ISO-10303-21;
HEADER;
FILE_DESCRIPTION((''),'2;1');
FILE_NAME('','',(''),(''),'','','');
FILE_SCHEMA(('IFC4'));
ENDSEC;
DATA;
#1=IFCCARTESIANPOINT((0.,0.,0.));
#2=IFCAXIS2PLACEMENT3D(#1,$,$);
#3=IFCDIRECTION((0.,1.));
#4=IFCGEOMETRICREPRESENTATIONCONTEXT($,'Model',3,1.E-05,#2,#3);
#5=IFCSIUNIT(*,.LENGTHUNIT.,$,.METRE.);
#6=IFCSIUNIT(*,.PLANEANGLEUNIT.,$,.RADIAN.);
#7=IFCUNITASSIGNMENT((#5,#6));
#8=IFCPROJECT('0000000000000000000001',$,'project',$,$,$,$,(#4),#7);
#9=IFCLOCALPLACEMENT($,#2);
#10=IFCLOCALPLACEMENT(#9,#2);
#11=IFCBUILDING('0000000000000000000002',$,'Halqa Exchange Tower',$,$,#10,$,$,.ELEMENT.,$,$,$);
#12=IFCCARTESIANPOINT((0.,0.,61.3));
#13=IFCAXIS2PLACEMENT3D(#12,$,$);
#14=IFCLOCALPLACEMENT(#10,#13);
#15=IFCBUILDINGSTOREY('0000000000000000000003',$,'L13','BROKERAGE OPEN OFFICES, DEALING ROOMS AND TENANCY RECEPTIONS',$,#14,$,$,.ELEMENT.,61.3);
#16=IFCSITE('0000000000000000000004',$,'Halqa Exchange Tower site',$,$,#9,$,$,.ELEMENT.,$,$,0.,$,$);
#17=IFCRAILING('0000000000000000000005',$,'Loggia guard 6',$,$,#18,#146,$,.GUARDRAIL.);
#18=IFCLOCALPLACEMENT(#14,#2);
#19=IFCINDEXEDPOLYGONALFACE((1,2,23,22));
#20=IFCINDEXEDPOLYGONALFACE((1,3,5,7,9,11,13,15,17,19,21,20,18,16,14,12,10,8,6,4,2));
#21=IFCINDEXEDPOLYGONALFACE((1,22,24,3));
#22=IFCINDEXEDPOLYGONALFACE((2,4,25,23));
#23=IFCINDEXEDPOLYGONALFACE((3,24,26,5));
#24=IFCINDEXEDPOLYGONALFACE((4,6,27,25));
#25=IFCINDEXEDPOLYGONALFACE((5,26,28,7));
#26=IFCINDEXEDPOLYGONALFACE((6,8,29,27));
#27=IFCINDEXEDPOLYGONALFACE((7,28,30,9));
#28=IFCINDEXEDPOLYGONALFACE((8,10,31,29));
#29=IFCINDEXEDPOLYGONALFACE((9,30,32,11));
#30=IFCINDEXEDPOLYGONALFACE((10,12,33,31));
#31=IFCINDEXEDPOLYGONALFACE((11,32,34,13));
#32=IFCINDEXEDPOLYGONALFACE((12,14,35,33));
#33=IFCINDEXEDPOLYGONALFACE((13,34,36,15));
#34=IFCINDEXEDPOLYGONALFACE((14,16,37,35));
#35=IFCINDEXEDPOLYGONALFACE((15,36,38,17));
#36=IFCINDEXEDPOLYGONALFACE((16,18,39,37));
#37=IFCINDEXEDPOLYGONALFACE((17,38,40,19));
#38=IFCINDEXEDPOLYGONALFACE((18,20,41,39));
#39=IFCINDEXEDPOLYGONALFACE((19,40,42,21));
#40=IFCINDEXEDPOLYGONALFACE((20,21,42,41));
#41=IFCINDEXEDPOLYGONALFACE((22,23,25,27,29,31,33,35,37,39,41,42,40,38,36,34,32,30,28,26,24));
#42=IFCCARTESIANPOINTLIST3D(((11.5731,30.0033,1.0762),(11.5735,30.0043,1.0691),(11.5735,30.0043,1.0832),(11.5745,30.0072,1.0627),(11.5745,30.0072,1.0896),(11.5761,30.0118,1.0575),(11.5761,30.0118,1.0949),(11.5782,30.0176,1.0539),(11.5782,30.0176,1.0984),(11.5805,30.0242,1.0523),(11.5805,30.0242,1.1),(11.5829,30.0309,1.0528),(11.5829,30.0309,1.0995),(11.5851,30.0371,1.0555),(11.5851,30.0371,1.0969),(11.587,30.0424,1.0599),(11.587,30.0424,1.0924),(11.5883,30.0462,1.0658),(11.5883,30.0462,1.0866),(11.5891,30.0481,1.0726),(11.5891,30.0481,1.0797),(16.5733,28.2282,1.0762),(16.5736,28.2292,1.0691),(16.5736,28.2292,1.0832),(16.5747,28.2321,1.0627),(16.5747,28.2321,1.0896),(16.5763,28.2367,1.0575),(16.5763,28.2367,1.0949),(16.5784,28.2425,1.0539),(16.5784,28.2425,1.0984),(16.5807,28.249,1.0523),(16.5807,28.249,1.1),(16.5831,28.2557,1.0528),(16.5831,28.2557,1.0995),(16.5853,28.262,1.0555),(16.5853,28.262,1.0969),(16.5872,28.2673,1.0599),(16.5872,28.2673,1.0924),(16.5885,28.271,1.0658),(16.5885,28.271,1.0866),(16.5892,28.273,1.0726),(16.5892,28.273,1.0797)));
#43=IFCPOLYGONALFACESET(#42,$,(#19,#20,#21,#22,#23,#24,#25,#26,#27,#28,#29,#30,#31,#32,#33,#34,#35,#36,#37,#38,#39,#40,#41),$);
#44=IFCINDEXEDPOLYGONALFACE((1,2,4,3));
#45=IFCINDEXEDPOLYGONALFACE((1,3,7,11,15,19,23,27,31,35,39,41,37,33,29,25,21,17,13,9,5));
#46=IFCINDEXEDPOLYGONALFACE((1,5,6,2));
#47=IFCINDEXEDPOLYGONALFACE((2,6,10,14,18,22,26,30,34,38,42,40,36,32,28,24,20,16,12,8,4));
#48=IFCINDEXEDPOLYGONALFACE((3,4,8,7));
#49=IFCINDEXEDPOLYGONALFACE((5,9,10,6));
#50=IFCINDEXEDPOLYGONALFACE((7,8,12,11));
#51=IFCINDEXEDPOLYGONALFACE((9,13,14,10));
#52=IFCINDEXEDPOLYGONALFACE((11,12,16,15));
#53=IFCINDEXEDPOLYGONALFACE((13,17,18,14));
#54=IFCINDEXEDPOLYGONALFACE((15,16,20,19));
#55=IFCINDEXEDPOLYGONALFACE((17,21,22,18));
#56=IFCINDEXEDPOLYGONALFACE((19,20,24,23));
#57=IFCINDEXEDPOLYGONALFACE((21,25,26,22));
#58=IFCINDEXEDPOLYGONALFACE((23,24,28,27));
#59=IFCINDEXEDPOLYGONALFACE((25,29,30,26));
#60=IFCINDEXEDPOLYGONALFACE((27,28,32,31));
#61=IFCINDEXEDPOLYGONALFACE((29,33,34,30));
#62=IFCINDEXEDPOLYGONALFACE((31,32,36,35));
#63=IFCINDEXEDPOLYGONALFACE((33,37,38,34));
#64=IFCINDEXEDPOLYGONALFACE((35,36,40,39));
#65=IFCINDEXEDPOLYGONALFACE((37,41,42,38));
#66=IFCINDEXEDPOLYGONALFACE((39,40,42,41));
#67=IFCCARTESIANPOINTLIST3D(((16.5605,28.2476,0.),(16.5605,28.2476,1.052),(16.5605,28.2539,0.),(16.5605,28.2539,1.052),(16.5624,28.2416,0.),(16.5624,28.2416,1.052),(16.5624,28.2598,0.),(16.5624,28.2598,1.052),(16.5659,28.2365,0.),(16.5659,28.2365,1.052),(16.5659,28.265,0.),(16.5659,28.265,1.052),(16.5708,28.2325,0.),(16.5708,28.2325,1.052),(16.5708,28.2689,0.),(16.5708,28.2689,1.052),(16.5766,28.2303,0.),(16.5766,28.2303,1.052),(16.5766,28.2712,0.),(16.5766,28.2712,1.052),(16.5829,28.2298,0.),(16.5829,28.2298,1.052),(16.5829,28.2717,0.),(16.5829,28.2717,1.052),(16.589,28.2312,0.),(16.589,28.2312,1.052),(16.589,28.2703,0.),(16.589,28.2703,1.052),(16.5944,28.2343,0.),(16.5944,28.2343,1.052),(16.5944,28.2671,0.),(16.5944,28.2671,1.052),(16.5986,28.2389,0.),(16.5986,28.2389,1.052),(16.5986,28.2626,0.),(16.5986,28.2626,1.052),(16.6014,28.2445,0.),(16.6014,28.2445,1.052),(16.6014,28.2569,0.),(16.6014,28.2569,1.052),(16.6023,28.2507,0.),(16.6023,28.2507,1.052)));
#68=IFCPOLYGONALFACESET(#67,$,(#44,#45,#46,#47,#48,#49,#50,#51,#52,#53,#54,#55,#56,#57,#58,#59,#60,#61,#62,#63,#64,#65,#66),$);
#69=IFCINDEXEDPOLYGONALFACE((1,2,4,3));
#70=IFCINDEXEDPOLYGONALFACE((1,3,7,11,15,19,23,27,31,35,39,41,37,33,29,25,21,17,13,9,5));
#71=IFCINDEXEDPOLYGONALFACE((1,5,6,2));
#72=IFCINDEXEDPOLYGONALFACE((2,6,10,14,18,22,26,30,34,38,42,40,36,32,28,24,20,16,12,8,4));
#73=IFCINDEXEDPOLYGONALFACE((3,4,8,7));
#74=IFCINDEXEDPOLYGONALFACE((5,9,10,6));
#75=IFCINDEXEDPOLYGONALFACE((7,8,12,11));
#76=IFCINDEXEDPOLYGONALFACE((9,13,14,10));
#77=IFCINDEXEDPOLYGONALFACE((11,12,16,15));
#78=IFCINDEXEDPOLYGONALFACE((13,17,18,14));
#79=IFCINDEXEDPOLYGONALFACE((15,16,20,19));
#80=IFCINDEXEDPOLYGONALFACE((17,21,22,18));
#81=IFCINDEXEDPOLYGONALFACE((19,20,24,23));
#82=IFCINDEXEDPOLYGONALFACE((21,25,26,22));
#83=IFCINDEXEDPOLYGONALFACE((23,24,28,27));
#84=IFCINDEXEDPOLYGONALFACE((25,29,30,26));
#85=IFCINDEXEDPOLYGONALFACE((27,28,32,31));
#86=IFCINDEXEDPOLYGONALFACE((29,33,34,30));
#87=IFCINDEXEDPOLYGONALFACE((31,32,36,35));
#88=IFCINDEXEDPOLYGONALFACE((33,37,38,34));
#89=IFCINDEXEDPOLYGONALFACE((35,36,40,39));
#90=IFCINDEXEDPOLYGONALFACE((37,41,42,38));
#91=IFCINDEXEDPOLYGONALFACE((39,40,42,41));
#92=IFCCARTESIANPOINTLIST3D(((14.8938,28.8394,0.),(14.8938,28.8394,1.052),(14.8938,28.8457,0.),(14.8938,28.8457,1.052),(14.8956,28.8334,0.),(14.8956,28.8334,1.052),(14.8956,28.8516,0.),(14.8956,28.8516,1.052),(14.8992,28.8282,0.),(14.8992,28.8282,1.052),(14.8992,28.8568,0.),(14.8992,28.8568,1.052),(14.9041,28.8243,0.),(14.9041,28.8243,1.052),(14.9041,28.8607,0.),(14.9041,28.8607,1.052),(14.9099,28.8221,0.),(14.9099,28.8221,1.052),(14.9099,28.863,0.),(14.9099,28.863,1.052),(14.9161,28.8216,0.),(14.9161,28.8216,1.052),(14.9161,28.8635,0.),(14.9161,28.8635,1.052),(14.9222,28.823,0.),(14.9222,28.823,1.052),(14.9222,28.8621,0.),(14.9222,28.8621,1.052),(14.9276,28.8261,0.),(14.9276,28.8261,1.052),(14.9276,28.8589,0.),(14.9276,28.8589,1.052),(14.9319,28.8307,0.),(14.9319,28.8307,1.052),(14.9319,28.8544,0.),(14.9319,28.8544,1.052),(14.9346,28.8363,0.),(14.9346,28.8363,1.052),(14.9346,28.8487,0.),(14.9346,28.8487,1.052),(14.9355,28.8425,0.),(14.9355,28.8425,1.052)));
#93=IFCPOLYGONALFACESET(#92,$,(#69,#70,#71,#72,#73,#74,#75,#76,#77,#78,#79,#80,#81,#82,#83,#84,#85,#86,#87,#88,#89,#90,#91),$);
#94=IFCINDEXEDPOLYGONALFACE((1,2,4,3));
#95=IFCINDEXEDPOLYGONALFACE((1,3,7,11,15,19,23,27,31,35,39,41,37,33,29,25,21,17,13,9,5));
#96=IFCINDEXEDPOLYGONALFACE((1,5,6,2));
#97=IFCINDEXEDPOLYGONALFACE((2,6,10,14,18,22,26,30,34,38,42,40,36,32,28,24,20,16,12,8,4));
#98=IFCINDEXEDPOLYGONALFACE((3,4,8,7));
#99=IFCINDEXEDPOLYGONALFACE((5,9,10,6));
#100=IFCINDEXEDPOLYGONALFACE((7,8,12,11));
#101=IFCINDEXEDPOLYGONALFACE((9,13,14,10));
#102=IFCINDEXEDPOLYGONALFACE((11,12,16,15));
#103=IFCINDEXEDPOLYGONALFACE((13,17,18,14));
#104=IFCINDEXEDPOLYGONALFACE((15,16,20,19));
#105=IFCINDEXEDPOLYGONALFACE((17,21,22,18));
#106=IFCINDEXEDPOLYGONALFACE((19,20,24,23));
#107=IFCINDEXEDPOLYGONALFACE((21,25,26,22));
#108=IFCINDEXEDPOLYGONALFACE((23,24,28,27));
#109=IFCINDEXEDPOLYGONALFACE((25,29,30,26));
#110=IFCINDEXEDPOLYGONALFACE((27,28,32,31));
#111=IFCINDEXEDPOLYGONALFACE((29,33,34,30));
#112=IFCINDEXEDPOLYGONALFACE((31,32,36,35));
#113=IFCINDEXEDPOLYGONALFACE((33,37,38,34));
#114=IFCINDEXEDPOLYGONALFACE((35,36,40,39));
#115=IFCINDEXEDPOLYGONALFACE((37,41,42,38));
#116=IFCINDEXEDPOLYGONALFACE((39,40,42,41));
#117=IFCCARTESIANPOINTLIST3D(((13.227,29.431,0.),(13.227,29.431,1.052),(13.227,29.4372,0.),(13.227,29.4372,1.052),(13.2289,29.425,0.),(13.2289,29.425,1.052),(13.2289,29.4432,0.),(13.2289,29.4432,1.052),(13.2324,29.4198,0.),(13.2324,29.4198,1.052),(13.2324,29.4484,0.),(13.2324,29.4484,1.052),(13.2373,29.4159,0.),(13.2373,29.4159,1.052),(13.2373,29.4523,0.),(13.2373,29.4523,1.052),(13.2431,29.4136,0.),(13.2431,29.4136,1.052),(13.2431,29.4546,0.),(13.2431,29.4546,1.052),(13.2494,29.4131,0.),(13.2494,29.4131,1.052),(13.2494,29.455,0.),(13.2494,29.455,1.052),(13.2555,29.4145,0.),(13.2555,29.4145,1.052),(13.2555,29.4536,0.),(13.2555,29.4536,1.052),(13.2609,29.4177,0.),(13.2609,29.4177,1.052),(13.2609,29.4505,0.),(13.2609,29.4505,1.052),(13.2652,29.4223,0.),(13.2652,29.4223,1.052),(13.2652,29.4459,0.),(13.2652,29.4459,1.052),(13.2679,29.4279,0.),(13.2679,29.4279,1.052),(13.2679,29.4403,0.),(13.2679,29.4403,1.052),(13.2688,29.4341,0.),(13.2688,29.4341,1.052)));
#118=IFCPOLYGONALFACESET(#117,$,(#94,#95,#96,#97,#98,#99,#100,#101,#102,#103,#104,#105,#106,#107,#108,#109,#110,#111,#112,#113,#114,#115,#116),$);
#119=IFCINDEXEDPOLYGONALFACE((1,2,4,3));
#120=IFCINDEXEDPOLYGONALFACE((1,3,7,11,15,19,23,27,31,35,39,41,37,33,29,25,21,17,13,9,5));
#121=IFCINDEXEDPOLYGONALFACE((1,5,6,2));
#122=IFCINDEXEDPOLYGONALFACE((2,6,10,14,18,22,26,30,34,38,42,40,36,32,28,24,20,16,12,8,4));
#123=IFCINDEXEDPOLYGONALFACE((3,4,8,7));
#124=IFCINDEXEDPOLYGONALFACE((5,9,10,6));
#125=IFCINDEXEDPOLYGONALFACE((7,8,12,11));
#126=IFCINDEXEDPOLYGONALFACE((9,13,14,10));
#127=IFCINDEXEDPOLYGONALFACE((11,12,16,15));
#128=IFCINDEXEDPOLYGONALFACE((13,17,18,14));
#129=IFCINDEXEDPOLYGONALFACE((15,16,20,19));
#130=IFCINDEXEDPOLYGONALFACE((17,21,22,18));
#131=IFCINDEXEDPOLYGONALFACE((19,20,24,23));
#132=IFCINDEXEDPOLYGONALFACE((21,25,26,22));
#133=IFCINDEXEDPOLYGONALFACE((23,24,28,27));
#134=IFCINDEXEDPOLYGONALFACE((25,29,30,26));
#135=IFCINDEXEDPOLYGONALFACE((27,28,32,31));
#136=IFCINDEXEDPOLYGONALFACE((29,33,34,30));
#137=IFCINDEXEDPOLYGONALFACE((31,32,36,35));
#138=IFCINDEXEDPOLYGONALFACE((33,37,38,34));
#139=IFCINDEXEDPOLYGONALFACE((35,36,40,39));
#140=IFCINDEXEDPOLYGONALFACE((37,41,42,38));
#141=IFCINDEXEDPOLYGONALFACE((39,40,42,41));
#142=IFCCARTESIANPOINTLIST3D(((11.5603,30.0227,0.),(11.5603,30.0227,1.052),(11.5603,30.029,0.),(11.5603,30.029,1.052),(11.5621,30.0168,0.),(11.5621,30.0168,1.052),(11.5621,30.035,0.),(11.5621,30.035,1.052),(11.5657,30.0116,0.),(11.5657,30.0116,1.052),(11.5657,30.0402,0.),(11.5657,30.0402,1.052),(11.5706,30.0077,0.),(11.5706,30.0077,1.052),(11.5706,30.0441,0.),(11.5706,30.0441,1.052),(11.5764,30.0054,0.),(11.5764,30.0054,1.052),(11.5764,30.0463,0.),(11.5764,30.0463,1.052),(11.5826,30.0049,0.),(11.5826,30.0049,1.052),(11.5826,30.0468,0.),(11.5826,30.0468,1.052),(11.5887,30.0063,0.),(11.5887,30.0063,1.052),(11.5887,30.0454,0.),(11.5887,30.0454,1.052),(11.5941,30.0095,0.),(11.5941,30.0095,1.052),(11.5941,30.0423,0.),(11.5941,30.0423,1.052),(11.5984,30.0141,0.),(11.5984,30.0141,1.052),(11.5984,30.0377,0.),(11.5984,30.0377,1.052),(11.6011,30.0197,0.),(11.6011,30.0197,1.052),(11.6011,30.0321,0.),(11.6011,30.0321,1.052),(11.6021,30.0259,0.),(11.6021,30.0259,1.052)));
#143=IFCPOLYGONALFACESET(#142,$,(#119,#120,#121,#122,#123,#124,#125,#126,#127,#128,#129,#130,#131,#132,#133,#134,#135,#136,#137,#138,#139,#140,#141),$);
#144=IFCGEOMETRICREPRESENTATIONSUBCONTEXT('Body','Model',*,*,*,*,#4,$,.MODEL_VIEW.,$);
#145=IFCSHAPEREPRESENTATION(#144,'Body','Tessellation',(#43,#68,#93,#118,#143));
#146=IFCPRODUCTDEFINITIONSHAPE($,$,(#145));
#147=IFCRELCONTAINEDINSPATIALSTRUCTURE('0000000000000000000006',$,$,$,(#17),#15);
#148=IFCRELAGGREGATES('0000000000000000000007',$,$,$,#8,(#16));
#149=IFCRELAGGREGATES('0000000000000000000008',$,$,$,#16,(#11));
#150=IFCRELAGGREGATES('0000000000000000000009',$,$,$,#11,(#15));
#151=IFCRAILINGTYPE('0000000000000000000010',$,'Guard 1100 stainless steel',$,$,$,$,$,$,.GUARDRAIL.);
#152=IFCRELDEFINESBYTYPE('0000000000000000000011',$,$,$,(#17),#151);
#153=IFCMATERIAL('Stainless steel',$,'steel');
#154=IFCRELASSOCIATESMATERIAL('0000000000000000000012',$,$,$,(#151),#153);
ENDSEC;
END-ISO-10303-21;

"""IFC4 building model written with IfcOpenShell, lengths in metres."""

from ifc_helpers import new_model, si_unit, direction, frame, origin, origin_2d, place, context, subcontext, project, spatial, circle, extrude, material, type_object, element, save


model = new_model("IFC4")

# Units and contexts
model_context = context("Model", 3, precision=1e-05, world=origin(), true_north=direction((0.0, 1.0)))
body_context = subcontext(model_context, "Body", "Model", "MODEL_VIEW")
ifc_project = project(units=[si_unit("LENGTHUNIT", "METRE"), si_unit("PLANEANGLEUNIT", "RADIAN")], contexts=[model_context])

# Site, building, storey
site_placement = place(None, origin())
site = spatial("IfcSite", under=ifc_project, at=site_placement, Name="Halqa Exchange Tower site", CompositionType="ELEMENT", RefElevation=0.0)
building_placement = place(site_placement, origin())
building = spatial("IfcBuilding", under=site, at=building_placement, Name="Halqa Exchange Tower", CompositionType="ELEMENT")
storey_placement = place(building_placement, frame((0.0, 0.0, 61.3)))
storey = spatial("IfcBuildingStorey", under=building, at=storey_placement, Name="L13", Description="BROKERAGE OPEN OFFICES, DEALING ROOMS AND TENANCY RECEPTIONS", CompositionType="ELEMENT", Elevation=61.3)

# Railing
ifc_material_1 = material(Name="Stainless steel", Category="steel")
railing_type = type_object("IfcRailingType", Name="Guard 1100 stainless steel", PredefinedType="GUARDRAIL", material=ifc_material_1)
railing_1_placement = place(storey_placement, frame((16.5813, 28.2507, 0.0)))
element("IfcRailing", 1, at=railing_1_placement, inside=storey, type_object=railing_type, Name="Loggia guard 6", PredefinedType="GUARDRAIL", context=body_context, shape_type="SweptSolid", body=[
    extrude(circle(Radius=0.0239, at=origin_2d()), frame((0.0, 0.0, 1.0762), z_axis=(-0.942376, 0.334555, 0.0), x_axis=(-0.334555, -0.942376, 0.0)), (0.0, 0.0, 1.0), 5.3059),
    extrude(circle(Radius=0.021, at=origin_2d()), origin(), (0.0, 0.0, 1.0), 1.052),
    extrude(circle(Radius=0.021, at=origin_2d()), frame((-1.6667, 0.5918, 0.0)), (0.0, 0.0, 1.0), 1.052),
    extrude(circle(Radius=0.021, at=origin_2d()), frame((-3.3335, 1.1833, 0.0)), (0.0, 0.0, 1.0), 1.052),
    extrude(circle(Radius=0.021, at=origin_2d()), frame((-5.0002, 1.7751, 0.0)), (0.0, 0.0, 1.0), 1.052),
])

save(model, "model.ifc")
